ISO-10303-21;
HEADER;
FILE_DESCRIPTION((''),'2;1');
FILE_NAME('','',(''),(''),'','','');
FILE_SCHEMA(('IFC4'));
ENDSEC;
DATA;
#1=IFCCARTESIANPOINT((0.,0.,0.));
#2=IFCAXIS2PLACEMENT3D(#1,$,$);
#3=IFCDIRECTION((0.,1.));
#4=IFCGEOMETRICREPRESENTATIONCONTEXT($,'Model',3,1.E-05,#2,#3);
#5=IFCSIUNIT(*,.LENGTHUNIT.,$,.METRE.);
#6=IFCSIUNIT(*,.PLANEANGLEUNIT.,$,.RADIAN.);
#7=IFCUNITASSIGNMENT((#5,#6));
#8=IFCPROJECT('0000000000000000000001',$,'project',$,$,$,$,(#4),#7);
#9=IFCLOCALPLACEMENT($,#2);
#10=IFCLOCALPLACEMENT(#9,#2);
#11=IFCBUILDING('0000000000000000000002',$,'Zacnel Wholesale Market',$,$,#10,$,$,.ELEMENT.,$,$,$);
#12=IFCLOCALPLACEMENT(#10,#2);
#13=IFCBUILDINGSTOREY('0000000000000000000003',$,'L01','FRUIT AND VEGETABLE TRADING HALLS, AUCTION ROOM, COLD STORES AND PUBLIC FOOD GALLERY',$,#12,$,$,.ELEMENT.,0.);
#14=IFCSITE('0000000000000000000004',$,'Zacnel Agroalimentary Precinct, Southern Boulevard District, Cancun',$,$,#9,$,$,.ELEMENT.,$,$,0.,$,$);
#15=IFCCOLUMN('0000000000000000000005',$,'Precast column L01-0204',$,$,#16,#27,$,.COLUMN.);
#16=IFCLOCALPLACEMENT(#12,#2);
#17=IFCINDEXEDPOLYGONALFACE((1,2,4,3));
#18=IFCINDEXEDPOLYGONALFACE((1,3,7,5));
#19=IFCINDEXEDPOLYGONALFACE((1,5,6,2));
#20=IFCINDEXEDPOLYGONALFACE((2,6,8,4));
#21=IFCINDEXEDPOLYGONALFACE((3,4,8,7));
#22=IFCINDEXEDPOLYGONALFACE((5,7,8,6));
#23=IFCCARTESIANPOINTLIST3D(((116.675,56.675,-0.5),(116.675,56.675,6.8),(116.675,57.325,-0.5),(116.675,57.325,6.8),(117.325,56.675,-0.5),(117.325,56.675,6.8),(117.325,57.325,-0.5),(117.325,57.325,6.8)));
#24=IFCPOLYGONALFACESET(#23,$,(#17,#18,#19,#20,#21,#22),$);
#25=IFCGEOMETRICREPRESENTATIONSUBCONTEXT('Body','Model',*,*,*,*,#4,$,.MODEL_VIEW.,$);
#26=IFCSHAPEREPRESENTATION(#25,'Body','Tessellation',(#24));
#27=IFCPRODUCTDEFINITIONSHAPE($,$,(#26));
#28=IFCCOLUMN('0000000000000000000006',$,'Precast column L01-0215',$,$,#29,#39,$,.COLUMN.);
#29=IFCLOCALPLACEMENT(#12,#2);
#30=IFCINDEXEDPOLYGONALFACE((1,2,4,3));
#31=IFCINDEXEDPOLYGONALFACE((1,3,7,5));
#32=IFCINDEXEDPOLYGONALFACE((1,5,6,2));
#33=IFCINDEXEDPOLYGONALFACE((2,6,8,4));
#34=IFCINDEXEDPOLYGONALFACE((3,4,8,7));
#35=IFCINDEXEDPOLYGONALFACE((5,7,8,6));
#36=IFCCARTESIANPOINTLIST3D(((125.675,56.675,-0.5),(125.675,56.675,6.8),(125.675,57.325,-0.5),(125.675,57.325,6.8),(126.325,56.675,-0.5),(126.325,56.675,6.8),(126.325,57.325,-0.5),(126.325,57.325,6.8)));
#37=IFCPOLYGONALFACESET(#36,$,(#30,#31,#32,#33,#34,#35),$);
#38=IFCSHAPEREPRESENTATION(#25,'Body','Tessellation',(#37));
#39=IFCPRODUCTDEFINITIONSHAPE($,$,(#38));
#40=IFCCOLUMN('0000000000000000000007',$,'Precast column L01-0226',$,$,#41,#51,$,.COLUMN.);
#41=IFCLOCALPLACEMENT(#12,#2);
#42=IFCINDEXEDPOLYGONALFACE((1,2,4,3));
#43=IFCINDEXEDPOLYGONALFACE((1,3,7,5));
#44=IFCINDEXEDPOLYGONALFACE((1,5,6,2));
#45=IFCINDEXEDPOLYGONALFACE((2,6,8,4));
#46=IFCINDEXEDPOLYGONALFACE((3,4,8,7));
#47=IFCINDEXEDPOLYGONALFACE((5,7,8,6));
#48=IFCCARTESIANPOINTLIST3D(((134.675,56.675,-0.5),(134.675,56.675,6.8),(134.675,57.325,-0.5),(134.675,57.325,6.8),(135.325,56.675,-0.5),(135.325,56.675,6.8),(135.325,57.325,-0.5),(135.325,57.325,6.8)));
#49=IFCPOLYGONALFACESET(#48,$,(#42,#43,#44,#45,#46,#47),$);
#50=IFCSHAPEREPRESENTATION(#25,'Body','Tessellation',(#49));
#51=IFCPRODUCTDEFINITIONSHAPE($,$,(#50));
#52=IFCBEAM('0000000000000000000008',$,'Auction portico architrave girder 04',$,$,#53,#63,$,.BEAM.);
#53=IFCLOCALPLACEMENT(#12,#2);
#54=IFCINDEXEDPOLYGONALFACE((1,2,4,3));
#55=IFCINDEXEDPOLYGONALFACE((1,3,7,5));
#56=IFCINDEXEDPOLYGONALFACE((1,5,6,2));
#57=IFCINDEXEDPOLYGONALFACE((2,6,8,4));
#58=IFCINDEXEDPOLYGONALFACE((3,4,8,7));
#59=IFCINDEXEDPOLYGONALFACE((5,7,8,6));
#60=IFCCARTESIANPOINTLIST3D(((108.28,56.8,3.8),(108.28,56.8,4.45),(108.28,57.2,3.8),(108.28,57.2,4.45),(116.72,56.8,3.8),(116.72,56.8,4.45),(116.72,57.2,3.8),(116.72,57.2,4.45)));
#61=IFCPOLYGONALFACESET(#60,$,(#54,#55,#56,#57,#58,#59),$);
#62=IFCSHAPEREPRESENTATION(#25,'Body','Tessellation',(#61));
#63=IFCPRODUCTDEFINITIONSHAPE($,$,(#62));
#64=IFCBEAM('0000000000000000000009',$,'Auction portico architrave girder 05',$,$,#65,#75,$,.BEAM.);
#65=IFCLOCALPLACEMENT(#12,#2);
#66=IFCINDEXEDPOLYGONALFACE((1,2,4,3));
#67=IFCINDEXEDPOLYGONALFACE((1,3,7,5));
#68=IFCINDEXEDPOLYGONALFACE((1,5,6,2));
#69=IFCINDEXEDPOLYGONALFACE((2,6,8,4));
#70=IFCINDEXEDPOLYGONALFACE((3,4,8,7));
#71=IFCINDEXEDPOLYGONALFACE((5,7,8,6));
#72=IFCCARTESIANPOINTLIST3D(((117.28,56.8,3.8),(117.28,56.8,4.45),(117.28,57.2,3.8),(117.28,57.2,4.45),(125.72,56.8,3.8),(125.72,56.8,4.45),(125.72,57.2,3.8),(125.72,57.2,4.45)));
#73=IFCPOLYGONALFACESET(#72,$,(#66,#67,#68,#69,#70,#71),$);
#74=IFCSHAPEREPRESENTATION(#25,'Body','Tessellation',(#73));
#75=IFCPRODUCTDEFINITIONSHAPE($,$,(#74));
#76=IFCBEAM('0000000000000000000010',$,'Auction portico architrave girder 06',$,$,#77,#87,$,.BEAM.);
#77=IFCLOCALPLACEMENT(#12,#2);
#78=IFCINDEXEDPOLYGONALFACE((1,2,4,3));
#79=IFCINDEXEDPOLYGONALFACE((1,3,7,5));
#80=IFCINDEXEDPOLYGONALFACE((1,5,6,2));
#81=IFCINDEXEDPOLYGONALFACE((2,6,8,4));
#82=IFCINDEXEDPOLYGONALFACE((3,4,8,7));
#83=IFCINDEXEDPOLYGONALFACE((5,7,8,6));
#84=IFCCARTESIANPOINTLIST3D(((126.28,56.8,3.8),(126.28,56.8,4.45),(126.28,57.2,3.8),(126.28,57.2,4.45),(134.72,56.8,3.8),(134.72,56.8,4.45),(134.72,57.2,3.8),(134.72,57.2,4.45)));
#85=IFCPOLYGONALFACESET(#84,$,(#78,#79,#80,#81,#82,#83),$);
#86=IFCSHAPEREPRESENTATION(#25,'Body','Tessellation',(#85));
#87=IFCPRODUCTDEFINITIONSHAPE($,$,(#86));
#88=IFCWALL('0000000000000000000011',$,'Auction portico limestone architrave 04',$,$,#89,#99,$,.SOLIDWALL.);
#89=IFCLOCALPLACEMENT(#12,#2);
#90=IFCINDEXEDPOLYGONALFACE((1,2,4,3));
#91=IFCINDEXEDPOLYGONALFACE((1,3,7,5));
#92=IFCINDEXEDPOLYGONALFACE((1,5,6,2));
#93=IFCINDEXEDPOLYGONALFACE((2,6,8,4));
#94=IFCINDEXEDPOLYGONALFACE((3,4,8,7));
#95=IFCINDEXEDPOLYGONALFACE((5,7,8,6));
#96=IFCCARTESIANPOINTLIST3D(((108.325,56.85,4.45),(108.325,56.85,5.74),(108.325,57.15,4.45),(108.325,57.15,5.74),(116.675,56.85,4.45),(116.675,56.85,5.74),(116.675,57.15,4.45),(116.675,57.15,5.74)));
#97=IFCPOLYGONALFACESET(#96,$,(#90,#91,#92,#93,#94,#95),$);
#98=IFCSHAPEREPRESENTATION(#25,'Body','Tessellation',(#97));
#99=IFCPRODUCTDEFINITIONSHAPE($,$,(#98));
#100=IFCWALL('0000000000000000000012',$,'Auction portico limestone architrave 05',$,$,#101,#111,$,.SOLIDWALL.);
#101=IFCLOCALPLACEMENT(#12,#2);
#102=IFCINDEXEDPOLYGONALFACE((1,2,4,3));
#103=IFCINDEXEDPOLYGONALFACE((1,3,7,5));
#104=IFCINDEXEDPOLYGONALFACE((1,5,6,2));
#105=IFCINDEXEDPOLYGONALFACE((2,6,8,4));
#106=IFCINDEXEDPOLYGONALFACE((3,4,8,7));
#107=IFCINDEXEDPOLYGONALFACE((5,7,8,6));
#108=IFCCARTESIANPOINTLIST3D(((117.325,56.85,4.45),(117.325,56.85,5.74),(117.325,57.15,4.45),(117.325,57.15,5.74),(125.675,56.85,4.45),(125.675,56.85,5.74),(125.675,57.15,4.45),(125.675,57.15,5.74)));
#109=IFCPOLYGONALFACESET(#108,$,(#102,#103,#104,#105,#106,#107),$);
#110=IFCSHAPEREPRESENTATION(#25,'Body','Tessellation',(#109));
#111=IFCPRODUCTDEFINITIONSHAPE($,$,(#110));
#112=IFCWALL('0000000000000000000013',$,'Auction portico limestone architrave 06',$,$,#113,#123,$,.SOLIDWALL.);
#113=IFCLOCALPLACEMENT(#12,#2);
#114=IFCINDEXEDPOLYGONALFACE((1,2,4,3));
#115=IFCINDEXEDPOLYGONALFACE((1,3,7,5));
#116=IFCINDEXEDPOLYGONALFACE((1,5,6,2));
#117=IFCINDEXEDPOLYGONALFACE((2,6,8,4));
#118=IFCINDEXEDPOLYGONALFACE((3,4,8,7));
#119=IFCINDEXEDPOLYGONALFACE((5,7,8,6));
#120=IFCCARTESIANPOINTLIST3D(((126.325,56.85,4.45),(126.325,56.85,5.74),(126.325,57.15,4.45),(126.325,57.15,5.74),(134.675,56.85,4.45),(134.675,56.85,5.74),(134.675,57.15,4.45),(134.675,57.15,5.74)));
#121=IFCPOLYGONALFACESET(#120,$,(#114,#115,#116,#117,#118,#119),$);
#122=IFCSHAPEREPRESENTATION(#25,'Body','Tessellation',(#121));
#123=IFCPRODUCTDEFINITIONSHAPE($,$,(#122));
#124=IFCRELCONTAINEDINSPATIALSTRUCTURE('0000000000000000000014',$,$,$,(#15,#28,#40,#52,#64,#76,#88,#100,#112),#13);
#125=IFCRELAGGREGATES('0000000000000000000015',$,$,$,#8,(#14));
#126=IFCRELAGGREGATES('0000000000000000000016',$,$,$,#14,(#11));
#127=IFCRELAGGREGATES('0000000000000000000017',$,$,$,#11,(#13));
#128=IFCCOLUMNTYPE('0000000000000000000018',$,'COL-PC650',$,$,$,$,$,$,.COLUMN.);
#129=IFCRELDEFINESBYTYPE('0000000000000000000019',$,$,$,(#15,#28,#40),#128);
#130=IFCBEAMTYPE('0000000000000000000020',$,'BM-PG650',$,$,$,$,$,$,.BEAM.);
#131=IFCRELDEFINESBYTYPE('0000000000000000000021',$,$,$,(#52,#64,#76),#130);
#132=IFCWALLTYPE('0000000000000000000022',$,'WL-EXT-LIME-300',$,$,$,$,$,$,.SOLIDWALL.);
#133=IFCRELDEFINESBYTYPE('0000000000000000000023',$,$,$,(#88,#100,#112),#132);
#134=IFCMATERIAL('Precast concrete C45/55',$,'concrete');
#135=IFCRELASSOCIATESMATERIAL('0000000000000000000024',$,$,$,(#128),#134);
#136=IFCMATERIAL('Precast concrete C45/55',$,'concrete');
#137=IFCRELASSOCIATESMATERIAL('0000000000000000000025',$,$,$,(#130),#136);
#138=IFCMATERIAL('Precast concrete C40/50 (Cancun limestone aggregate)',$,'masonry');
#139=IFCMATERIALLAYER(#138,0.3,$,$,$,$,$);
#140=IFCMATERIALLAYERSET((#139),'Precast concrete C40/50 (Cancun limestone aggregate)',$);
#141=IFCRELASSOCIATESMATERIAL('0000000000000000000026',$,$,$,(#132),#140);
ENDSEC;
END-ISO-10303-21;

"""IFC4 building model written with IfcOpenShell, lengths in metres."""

from ifc_helpers import new_model, si_unit, direction, frame, frame_2d, origin, origin_2d, place, context, subcontext, project, spatial, rectangle, extrude, material, layer, layer_set, material_profile, profile_set, type_object, element, save


model = new_model("IFC4")

# Units and contexts
model_context = context("Model", 3, precision=1e-05, world=origin(), true_north=direction((0.0, 1.0)))
body_context = subcontext(model_context, "Body", "Model", "MODEL_VIEW")
ifc_project = project(units=[si_unit("LENGTHUNIT", "METRE"), si_unit("PLANEANGLEUNIT", "RADIAN")], contexts=[model_context])

# Site, building, storey
site_placement = place(None, origin())
site = spatial("IfcSite", under=ifc_project, at=site_placement, Name="Zacnel Agroalimentary Precinct, Southern Boulevard District, Cancun", CompositionType="ELEMENT", RefElevation=0.0)
building_placement = place(site_placement, origin())
building = spatial("IfcBuilding", under=site, at=building_placement, Name="Zacnel Wholesale Market", CompositionType="ELEMENT")
storey_placement = place(building_placement, origin())
storey = spatial("IfcBuildingStorey", under=building, at=storey_placement, Name="L01", Description="FRUIT AND VEGETABLE TRADING HALLS, AUCTION ROOM, COLD STORES AND PUBLIC FOOD GALLERY", CompositionType="ELEMENT", Elevation=0.0)

# Columns
ifc_material_1 = material(Name="Precast concrete C45/55", Category="concrete")
ifc_material_profile_1 = material_profile(ifc_material_1, rectangle(XDim=0.6499, YDim=0.6499, at=origin_2d()), Name="PC 650x650")
ifc_profile_set_1 = profile_set([ifc_material_profile_1], Name="Precast concrete C45/55")
column_type = type_object("IfcColumnType", Name="COL-PC650", PredefinedType="COLUMN", material=ifc_profile_set_1)
for number, where, z_axis, x_axis, name in (
    (1, (117.0, 57.0, -0.5), (0.0, 0.0, 1.0), (1.0, 0.0, 0.0), "Precast column L01-0204"),
    (2, (126.0, 57.0, -0.5), (0.0, 0.0, 1.0), (1.0, 0.0, 0.0), "Precast column L01-0215"),
    (3, (135.0, 57.0, -0.5), (0.0, 0.0, 1.0), (1.0, 0.0, 0.0), "Precast column L01-0226"),
):
    element("IfcColumn", number, at=place(storey_placement, frame(where, z_axis=z_axis, x_axis=x_axis)), inside=storey, type_object=column_type, Name=name, PredefinedType="COLUMN", context=body_context, shape_type="SweptSolid", body=[
        extrude(rectangle(XDim=0.6499, YDim=0.6499, at=origin_2d()), origin(), (0.0, 0.0, 1.0), 7.3),
    ])

# Beams
ifc_material_2 = material(Name="Precast concrete C45/55", Category="concrete")
ifc_material_profile_2 = material_profile(ifc_material_2, rectangle(XDim=0.3999, YDim=0.6499, at=origin_2d()), Name="PG 400x650")
ifc_profile_set_2 = profile_set([ifc_material_profile_2], Name="Precast concrete C45/55")
beam_type = type_object("IfcBeamType", Name="BM-PG650", PredefinedType="BEAM", material=ifc_profile_set_2)
for number, where, z_axis, x_axis, name in (
    (4, (108.28, 57.0, 4.125), (1.0, 0.0, 0.0), (0.0, 1.0, 0.0), "Auction portico architrave girder 04"),
    (5, (117.28, 57.0, 4.125), (1.0, 0.0, 0.0), (0.0, 1.0, 0.0), "Auction portico architrave girder 05"),
    (6, (126.28, 57.0, 4.125), (1.0, 0.0, 0.0), (0.0, 1.0, 0.0), "Auction portico architrave girder 06"),
):
    element("IfcBeam", number, at=place(storey_placement, frame(where, z_axis=z_axis, x_axis=x_axis)), inside=storey, type_object=beam_type, Name=name, PredefinedType="BEAM", context=body_context, shape_type="SweptSolid", body=[
        extrude(rectangle(XDim=0.3999, YDim=0.6499, at=origin_2d()), origin(), (0.0, 0.0, 1.0), 8.4399),
    ])

# Walls
ifc_material_3 = material(Name="Precast concrete C40/50 (Cancun limestone aggregate)", Category="masonry")
ifc_layer_1 = layer(ifc_material_3, 0.3)
ifc_layer_set_1 = layer_set([ifc_layer_1], Name="Precast concrete C40/50 (Cancun limestone aggregate)")
wall_type = type_object("IfcWallType", Name="WL-EXT-LIME-300", PredefinedType="SOLIDWALL", material=ifc_layer_set_1)
for number, where, z_axis, x_axis, name in (
    (7, (108.325, 57.0, 4.45), (0.0, 0.0, 1.0), (1.0, 0.0, 0.0), "Auction portico limestone architrave 04"),
    (8, (117.325, 57.0, 4.45), (0.0, 0.0, 1.0), (1.0, 0.0, 0.0), "Auction portico limestone architrave 05"),
    (9, (126.325, 57.0, 4.45), (0.0, 0.0, 1.0), (1.0, 0.0, 0.0), "Auction portico limestone architrave 06"),
):
    element("IfcWall", number, at=place(storey_placement, frame(where, z_axis=z_axis, x_axis=x_axis)), inside=storey, type_object=wall_type, Name=name, PredefinedType="SOLIDWALL", context=body_context, shape_type="SweptSolid", body=[
        extrude(rectangle(XDim=8.3501, YDim=0.3, at=frame_2d((4.175, 0.0))), origin(), (0.0, 0.0, 1.0), 1.29),
    ])

save(model, "model.ifc")
